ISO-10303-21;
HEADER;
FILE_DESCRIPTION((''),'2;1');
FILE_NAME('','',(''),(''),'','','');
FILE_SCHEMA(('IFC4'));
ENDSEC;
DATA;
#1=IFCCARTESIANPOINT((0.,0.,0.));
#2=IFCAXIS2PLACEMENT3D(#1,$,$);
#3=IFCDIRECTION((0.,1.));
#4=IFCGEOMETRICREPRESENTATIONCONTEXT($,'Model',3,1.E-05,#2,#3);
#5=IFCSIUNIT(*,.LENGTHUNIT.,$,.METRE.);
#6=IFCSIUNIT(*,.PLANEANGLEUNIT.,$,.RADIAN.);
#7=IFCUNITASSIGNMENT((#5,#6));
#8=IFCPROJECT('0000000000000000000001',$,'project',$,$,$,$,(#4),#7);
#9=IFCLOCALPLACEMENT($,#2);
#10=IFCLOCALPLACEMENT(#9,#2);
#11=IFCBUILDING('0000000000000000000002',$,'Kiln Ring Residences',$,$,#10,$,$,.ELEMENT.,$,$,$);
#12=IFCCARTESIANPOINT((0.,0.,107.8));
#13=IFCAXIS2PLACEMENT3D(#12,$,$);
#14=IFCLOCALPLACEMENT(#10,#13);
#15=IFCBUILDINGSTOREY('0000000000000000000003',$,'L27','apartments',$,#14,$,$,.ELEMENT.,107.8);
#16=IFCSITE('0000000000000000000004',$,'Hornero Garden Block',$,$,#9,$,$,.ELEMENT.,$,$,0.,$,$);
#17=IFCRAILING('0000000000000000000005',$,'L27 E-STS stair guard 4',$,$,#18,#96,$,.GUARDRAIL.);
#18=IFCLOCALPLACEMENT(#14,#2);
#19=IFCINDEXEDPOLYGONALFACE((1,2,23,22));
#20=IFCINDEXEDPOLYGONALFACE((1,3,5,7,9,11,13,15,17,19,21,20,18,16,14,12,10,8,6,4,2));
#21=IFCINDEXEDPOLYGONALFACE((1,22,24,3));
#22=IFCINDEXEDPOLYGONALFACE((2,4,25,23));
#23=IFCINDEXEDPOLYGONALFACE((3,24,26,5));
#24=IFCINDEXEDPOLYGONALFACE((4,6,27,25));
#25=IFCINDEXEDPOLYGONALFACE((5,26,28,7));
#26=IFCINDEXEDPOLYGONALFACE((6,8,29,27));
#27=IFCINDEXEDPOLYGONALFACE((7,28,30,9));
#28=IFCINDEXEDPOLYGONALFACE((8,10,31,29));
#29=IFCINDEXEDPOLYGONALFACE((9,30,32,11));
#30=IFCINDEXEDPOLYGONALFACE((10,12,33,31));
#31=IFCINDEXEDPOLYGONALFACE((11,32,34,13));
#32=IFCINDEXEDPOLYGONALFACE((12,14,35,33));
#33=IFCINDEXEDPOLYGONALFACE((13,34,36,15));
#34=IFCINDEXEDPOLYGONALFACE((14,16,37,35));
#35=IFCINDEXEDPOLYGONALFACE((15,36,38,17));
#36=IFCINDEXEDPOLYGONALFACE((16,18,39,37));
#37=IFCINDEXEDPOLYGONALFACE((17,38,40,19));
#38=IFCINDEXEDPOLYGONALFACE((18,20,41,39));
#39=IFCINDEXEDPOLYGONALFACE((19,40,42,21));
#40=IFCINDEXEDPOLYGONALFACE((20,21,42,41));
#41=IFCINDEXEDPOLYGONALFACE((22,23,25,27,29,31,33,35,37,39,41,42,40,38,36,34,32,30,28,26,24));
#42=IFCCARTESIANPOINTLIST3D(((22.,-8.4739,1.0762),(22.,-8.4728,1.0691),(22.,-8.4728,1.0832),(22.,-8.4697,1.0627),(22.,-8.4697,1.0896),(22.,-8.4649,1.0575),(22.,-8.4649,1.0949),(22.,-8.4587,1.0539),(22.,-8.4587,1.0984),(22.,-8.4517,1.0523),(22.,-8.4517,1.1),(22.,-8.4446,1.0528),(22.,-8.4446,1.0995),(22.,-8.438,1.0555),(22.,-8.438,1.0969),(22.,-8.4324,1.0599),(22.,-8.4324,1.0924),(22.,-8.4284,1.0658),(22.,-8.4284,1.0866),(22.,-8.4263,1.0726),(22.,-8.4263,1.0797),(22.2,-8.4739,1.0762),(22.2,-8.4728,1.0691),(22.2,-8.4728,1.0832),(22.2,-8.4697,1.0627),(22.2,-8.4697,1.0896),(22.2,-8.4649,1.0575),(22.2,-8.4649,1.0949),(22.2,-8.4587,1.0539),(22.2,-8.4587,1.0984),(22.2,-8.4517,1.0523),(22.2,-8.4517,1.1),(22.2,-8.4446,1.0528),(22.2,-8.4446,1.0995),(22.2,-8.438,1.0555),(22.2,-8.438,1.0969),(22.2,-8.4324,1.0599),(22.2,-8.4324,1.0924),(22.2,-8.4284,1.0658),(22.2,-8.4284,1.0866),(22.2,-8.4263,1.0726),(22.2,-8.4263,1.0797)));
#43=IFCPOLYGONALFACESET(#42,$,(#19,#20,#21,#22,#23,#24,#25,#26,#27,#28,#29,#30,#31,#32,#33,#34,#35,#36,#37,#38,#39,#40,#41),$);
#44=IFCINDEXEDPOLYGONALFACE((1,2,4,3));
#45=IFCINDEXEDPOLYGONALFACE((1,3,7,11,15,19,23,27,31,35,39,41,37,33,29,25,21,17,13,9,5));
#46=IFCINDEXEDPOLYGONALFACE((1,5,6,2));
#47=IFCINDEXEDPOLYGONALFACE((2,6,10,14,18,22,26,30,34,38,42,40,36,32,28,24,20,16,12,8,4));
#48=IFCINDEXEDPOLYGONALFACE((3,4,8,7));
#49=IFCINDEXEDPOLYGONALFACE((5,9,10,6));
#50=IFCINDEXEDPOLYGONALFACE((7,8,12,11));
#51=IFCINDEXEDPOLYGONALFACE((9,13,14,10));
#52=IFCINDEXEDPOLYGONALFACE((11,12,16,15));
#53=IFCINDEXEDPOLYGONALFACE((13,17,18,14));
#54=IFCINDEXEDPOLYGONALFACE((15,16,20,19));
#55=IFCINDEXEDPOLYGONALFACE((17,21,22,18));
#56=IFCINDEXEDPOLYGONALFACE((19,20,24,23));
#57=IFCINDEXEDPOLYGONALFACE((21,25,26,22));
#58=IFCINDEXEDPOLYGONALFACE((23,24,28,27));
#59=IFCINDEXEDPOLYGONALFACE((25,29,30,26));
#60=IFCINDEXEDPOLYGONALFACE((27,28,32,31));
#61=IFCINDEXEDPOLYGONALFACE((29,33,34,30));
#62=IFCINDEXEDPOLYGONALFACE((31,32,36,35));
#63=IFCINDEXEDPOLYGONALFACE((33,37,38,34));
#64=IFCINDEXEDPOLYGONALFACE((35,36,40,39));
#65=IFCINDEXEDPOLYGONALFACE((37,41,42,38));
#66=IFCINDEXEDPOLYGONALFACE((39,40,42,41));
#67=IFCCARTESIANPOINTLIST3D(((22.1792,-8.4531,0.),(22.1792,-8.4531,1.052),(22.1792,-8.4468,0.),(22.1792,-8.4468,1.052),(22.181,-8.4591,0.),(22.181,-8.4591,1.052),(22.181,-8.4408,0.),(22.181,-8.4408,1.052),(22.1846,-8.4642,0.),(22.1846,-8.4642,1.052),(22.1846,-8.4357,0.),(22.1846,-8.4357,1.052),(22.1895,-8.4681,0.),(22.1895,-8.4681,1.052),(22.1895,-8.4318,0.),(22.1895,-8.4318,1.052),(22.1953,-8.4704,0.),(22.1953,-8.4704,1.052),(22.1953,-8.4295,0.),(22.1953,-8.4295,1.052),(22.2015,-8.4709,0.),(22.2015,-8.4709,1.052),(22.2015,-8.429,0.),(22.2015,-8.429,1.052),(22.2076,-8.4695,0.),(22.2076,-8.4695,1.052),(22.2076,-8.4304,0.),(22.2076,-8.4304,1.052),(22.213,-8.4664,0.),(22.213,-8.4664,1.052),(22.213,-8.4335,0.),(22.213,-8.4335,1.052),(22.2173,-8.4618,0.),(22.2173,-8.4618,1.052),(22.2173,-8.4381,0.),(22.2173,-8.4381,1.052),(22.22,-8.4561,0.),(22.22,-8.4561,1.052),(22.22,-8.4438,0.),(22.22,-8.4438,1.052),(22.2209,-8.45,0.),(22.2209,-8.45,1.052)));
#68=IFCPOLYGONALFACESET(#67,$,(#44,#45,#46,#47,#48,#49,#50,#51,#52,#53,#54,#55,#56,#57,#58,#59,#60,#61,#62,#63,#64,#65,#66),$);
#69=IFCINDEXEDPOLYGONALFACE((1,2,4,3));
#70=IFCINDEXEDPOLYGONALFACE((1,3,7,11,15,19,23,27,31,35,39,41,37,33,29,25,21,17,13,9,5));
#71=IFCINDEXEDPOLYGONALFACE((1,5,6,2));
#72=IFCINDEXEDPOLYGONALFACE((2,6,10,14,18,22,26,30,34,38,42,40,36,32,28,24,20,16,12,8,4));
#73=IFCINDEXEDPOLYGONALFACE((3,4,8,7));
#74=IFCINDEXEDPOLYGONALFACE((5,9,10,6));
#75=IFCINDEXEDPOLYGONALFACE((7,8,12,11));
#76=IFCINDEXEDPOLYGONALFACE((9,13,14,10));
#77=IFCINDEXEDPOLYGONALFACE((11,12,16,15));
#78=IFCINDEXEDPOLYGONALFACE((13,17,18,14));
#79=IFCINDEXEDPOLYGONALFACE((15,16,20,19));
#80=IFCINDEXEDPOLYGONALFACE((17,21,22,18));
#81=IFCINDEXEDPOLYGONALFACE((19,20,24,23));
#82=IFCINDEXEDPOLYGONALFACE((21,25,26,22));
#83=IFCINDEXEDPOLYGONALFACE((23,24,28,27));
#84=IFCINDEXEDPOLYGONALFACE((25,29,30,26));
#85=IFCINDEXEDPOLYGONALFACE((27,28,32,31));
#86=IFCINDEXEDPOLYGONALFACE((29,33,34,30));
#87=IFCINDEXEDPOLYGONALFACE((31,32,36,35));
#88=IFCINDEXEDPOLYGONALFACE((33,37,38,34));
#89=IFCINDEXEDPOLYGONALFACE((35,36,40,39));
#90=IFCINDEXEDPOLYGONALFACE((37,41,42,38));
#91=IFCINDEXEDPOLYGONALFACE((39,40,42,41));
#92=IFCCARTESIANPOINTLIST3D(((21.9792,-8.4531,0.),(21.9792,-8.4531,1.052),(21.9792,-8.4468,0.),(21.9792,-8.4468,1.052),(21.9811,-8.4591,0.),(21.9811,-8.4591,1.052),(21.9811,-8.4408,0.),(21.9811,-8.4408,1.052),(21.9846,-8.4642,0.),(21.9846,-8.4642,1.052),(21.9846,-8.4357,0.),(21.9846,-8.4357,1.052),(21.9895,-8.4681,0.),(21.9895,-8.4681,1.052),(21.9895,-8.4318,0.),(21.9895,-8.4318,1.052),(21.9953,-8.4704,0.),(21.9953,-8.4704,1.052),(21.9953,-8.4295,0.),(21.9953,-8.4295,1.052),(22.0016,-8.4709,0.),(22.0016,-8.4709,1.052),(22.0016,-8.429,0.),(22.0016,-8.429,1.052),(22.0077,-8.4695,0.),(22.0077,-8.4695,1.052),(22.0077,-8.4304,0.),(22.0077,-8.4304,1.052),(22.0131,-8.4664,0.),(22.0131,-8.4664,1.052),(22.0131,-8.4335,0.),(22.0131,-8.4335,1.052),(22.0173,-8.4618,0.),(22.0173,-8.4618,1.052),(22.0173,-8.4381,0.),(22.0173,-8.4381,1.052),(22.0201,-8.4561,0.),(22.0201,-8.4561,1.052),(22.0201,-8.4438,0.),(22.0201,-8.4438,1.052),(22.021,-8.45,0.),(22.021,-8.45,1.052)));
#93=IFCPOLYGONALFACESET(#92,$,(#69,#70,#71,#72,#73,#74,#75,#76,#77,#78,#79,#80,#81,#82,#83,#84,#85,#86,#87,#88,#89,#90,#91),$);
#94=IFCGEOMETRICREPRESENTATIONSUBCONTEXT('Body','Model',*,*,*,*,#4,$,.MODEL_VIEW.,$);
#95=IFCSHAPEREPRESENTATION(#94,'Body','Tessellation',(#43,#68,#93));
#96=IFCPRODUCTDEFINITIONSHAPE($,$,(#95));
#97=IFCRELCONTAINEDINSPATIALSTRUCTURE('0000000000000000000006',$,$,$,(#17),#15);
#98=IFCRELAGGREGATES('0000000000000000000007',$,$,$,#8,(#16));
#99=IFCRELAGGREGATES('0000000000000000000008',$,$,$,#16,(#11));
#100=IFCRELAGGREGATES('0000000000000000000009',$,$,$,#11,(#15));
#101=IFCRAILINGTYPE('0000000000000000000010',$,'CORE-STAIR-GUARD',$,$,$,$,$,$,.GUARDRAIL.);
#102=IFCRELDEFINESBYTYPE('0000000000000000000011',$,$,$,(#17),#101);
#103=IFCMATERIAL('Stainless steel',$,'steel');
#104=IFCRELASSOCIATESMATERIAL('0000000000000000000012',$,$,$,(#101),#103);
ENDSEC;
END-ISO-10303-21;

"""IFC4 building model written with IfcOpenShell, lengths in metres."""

from ifc_helpers import new_model, si_unit, direction, frame, origin, origin_2d, place, context, subcontext, project, spatial, circle, extrude, material, type_object, element, save


model = new_model("IFC4")

# Units and contexts
model_context = context("Model", 3, precision=1e-05, world=origin(), true_north=direction((0.0, 1.0)))
body_context = subcontext(model_context, "Body", "Model", "MODEL_VIEW")
ifc_project = project(units=[si_unit("LENGTHUNIT", "METRE"), si_unit("PLANEANGLEUNIT", "RADIAN")], contexts=[model_context])

# Site, building, storey
site_placement = place(None, origin())
site = spatial("IfcSite", under=ifc_project, at=site_placement, Name="Hornero Garden Block", CompositionType="ELEMENT", RefElevation=0.0)
building_placement = place(site_placement, origin())
building = spatial("IfcBuilding", under=site, at=building_placement, Name="Kiln Ring Residences", CompositionType="ELEMENT")
storey_placement = place(building_placement, frame((0.0, 0.0, 107.8)))
storey = spatial("IfcBuildingStorey", under=building, at=storey_placement, Name="L27", Description="apartments", CompositionType="ELEMENT", Elevation=107.8)

# Railing
ifc_material_1 = material(Name="Stainless steel", Category="steel")
railing_type_1 = type_object("IfcRailingType", Name="CORE-STAIR-GUARD", PredefinedType="GUARDRAIL", material=ifc_material_1)
railing_1_placement = place(storey_placement, frame((22.2, -8.45, 0.0)))
element("IfcRailing", 1, at=railing_1_placement, inside=storey, type_object=railing_type_1, Name="L27 E-STS stair guard 4", PredefinedType="GUARDRAIL", context=body_context, shape_type="SweptSolid", body=[
    extrude(circle(Radius=0.0239, at=origin_2d()), frame((0.0, 0.0, 1.0762), z_axis=(-1.0, 0.0, 0.0), x_axis=(0.0, -1.0, 0.0)), (0.0, 0.0, 1.0), 0.2),
    extrude(circle(Radius=0.021, at=origin_2d()), origin(), (0.0, 0.0, 1.0), 1.052),
    extrude(circle(Radius=0.021, at=origin_2d()), frame((-0.2, 0.0, 0.0)), (0.0, 0.0, 1.0), 1.052),
])

save(model, "model.ifc")
